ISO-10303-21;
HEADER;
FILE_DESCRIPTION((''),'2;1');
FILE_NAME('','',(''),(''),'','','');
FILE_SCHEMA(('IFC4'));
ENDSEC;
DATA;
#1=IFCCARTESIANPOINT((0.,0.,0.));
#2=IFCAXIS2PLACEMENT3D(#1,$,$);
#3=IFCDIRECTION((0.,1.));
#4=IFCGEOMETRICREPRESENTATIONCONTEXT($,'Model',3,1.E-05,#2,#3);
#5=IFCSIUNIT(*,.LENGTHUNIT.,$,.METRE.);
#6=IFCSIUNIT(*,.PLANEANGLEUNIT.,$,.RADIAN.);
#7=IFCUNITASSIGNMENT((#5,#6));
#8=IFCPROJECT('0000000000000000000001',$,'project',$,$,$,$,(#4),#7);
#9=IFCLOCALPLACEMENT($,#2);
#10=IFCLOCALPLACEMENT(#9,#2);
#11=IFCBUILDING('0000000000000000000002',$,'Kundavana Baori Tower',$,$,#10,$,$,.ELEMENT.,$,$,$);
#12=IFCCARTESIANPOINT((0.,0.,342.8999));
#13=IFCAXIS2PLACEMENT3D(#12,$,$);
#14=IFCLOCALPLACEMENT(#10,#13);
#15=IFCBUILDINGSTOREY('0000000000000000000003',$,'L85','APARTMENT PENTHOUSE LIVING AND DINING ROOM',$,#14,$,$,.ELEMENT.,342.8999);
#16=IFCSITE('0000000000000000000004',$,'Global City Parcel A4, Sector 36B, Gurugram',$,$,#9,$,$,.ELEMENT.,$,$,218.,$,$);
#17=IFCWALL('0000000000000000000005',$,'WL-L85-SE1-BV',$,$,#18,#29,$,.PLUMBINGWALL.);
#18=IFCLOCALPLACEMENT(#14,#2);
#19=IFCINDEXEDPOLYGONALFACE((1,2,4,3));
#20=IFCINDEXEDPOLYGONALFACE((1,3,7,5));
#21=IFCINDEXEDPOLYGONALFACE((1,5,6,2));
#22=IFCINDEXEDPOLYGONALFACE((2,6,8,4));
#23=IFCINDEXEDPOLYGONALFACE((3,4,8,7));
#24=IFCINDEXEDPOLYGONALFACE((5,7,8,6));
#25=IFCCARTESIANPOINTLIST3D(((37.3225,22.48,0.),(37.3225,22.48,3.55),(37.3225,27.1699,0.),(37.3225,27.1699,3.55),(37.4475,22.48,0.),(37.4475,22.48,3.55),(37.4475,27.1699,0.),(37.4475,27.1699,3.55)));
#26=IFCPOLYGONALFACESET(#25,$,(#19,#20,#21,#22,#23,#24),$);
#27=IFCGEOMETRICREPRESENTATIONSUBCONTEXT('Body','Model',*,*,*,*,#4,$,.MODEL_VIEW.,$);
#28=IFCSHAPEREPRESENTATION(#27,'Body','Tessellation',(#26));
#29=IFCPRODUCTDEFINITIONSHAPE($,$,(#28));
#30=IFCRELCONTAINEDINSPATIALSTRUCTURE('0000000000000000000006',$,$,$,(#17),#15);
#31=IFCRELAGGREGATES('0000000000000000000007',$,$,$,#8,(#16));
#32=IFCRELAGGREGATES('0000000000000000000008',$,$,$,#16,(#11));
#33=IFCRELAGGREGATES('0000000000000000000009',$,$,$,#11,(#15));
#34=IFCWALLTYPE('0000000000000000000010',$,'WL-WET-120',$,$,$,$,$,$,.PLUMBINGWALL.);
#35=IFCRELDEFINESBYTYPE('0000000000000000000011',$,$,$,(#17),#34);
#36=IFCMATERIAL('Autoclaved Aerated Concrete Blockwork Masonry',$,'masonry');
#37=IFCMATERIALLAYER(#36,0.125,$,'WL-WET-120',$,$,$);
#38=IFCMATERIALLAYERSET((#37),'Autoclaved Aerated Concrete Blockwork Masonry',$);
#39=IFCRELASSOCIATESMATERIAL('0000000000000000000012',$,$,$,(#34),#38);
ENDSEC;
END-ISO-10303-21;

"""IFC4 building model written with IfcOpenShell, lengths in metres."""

from ifc_helpers import new_model, si_unit, direction, frame, frame_2d, origin, place, context, subcontext, project, spatial, rectangle, extrude, material, layer, layer_set, type_object, element, save


model = new_model("IFC4")

# Units and contexts
model_context = context("Model", 3, precision=1e-05, world=origin(), true_north=direction((0.0, 1.0)))
body_context = subcontext(model_context, "Body", "Model", "MODEL_VIEW")
ifc_project = project(units=[si_unit("LENGTHUNIT", "METRE"), si_unit("PLANEANGLEUNIT", "RADIAN")], contexts=[model_context])

# Site, building, storey
site_placement = place(None, origin())
site = spatial("IfcSite", under=ifc_project, at=site_placement, Name="Global City Parcel A4, Sector 36B, Gurugram", CompositionType="ELEMENT", RefElevation=218.0)
building_placement = place(site_placement, origin())
building = spatial("IfcBuilding", under=site, at=building_placement, Name="Kundavana Baori Tower", CompositionType="ELEMENT")
storey_placement = place(building_placement, frame((0.0, 0.0, 342.8999)))
storey = spatial("IfcBuildingStorey", under=building, at=storey_placement, Name="L85", Description="APARTMENT PENTHOUSE LIVING AND DINING ROOM", CompositionType="ELEMENT", Elevation=342.8999)

# Shared definitions
ifc_material_1 = material(Name="Autoclaved Aerated Concrete Blockwork Masonry", Category="masonry")
ifc_layer_1 = layer(ifc_material_1, 0.125, Name="WL-WET-120")
ifc_layer_set_1 = layer_set([ifc_layer_1], Name="Autoclaved Aerated Concrete Blockwork Masonry")
wall_type_1 = type_object("IfcWallType", Name="WL-WET-120", PredefinedType="PLUMBINGWALL", material=ifc_layer_set_1)

# Wall
wall_1_placement = place(storey_placement, frame((37.385, 22.48, 0.0), z_axis=(0.0, 0.0, 1.0), x_axis=(0.0, 1.0, 0.0)))
element("IfcWall", 1, at=wall_1_placement, inside=storey, type_object=wall_type_1, Name="WL-L85-SE1-BV", PredefinedType="PLUMBINGWALL", context=body_context, shape_type="SweptSolid", body=[
    extrude(rectangle(XDim=4.6899, YDim=0.125, at=frame_2d((2.345, 0.0))), origin(), (0.0, 0.0, 1.0), 3.55),
])

save(model, "model.ifc")
